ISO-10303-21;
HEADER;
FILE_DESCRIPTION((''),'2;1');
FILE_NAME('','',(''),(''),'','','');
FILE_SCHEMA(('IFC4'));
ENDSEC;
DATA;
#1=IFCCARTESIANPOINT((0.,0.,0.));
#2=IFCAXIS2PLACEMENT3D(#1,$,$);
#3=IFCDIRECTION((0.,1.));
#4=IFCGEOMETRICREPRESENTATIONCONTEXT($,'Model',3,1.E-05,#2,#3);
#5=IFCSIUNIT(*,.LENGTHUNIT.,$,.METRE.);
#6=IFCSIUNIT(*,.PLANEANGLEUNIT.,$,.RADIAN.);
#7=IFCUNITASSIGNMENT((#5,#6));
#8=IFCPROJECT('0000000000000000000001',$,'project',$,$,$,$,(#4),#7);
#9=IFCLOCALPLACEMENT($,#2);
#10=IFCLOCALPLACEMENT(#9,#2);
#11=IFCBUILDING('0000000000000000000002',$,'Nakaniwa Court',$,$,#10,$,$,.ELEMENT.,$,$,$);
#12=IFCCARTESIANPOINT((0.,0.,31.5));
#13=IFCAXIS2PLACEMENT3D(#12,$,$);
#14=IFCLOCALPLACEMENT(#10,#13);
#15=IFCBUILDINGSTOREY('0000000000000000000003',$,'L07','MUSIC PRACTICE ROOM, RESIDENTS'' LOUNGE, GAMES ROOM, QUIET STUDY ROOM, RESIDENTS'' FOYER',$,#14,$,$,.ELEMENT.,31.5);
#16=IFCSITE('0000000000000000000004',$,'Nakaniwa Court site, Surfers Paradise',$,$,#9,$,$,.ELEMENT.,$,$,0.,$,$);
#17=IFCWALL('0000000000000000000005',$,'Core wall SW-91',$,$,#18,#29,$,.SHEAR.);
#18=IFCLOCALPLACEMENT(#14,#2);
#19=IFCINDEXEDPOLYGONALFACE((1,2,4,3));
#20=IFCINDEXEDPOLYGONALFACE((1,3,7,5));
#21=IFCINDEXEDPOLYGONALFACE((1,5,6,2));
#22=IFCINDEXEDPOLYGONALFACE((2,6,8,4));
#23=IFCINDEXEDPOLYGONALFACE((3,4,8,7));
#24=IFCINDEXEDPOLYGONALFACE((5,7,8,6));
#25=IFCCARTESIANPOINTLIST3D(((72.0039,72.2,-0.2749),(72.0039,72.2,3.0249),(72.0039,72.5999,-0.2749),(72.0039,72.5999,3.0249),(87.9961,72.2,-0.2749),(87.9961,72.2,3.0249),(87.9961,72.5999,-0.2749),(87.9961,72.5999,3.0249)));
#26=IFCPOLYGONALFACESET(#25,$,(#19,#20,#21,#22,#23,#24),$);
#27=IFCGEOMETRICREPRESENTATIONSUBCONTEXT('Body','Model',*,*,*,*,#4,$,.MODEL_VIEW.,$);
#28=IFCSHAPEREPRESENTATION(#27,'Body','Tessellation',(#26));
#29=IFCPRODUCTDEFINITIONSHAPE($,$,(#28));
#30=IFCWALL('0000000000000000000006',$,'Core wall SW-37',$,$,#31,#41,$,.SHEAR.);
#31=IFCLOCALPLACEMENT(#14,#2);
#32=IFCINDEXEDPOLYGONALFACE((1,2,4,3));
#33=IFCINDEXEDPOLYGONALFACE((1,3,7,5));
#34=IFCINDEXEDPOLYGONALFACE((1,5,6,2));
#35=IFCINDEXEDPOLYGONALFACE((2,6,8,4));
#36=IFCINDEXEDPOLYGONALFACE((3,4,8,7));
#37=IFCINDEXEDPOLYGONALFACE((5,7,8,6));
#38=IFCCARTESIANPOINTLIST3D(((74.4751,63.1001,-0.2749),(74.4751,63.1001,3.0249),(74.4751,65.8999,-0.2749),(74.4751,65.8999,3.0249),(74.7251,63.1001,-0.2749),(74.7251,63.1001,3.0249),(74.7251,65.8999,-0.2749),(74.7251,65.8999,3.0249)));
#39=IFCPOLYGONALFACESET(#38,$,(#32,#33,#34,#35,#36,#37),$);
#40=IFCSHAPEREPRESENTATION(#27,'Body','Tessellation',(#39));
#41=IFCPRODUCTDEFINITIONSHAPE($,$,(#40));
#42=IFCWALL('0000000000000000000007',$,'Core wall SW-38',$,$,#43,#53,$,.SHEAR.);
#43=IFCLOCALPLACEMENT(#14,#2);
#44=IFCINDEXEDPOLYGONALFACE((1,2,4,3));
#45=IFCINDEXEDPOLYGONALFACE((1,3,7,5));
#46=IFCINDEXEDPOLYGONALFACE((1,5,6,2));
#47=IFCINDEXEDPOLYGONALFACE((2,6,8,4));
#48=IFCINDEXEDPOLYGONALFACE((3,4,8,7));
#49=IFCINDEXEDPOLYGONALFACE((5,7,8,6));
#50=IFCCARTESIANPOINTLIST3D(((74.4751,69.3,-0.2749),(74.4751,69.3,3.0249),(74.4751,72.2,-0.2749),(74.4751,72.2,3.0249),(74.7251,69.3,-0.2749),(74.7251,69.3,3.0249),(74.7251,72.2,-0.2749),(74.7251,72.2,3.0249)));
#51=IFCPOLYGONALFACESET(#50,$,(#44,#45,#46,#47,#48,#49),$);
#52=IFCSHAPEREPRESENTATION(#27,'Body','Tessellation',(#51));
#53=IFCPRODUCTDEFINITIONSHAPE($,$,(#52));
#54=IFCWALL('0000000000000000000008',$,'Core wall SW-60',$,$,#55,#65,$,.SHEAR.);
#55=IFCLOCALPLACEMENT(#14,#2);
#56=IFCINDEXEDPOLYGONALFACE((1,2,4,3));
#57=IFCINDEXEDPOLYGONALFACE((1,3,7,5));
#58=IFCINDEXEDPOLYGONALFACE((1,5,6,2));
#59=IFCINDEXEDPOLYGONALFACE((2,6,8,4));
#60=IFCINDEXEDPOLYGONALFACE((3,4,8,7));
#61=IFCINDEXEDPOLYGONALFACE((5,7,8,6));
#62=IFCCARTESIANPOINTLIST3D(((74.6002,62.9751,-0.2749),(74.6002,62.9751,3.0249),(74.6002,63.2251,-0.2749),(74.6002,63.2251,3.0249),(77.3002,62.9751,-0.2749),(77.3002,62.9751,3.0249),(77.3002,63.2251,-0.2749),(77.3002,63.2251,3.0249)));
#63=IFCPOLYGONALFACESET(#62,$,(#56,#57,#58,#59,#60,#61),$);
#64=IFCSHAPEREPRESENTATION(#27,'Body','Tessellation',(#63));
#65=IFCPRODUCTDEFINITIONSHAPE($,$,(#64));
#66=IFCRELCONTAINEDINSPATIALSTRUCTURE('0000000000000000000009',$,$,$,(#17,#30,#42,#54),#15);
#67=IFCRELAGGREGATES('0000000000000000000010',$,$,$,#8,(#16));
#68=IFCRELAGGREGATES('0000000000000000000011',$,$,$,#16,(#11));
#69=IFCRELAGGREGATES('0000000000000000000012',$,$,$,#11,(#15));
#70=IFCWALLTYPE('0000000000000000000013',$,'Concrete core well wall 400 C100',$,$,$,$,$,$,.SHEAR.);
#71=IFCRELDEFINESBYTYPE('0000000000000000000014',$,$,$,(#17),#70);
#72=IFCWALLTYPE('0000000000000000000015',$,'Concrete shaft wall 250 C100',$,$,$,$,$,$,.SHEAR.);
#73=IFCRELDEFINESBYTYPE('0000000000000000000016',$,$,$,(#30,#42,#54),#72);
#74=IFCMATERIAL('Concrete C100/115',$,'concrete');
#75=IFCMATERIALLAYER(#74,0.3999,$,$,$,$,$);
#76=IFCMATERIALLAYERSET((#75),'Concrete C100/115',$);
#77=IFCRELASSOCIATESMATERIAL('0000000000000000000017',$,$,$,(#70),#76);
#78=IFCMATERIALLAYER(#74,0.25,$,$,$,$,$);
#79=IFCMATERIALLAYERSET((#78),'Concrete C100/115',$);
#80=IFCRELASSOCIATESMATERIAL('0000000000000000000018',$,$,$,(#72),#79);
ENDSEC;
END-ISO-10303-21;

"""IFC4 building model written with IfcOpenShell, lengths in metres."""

from ifc_helpers import new_model, si_unit, direction, frame, frame_2d, origin, place, context, subcontext, project, spatial, rectangle, extrude, material, layer, layer_set, type_object, element, save


model = new_model("IFC4")

# Units and contexts
model_context = context("Model", 3, precision=1e-05, world=origin(), true_north=direction((0.0, 1.0)))
body_context = subcontext(model_context, "Body", "Model", "MODEL_VIEW")
ifc_project = project(units=[si_unit("LENGTHUNIT", "METRE"), si_unit("PLANEANGLEUNIT", "RADIAN")], contexts=[model_context])

# Site, building, storey
site_placement = place(None, origin())
site = spatial("IfcSite", under=ifc_project, at=site_placement, Name="Nakaniwa Court site, Surfers Paradise", CompositionType="ELEMENT", RefElevation=0.0)
building_placement = place(site_placement, origin())
building = spatial("IfcBuilding", under=site, at=building_placement, Name="Nakaniwa Court", CompositionType="ELEMENT")
storey_placement = place(building_placement, frame((0.0, 0.0, 31.5)))
storey = spatial("IfcBuildingStorey", under=building, at=storey_placement, Name="L07", Description="MUSIC PRACTICE ROOM, RESIDENTS' LOUNGE, GAMES ROOM, QUIET STUDY ROOM, RESIDENTS' FOYER", CompositionType="ELEMENT", Elevation=31.5)

# Shared definitions
ifc_material_1 = material(Name="Concrete C100/115", Category="concrete")

# Walls
ifc_layer_1 = layer(ifc_material_1, 0.3999)
ifc_layer_set_1 = layer_set([ifc_layer_1], Name="Concrete C100/115")
wall_type_1 = type_object("IfcWallType", Name="Concrete core well wall 400 C100", PredefinedType="SHEAR", material=ifc_layer_set_1)
wall_1_placement = place(storey_placement, frame((72.0039, 72.3999, -0.2749), z_axis=(0.0, 0.0, 1.0), x_axis=(1.0, 0.0, 0.0)))
element("IfcWall", 1, at=wall_1_placement, inside=storey, type_object=wall_type_1, Name="Core wall SW-91", PredefinedType="SHEAR", context=body_context, shape_type="SweptSolid", body=[
    extrude(rectangle(XDim=15.9922, YDim=0.3999, at=frame_2d((7.9961, 0.0))), origin(), (0.0, 0.0, 1.0), 3.2998),
])
ifc_layer_2 = layer(ifc_material_1, 0.25)
ifc_layer_set_2 = layer_set([ifc_layer_2], Name="Concrete C100/115")
wall_type_2 = type_object("IfcWallType", Name="Concrete shaft wall 250 C100", PredefinedType="SHEAR", material=ifc_layer_set_2)
wall_2_placement = place(storey_placement, frame((74.6001, 63.1001, -0.2749), z_axis=(0.0, 0.0, 1.0), x_axis=(0.0, 1.0, 0.0)))
element("IfcWall", 2, at=wall_2_placement, inside=storey, type_object=wall_type_2, Name="Core wall SW-37", PredefinedType="SHEAR", context=body_context, shape_type="SweptSolid", body=[
    extrude(rectangle(XDim=2.7998, YDim=0.25, at=frame_2d((1.3999, 0.0))), origin(), (0.0, 0.0, 1.0), 3.2998),
])
wall_3_placement = place(storey_placement, frame((74.6001, 69.3, -0.2749), z_axis=(0.0, 0.0, 1.0), x_axis=(0.0, 1.0, 0.0)))
element("IfcWall", 3, at=wall_3_placement, inside=storey, type_object=wall_type_2, Name="Core wall SW-38", PredefinedType="SHEAR", context=body_context, shape_type="SweptSolid", body=[
    extrude(rectangle(XDim=2.8999, YDim=0.25, at=frame_2d((1.45, 0.0))), origin(), (0.0, 0.0, 1.0), 3.2998),
])
wall_4_placement = place(storey_placement, frame((74.6001, 63.1001, -0.2749), z_axis=(0.0, 0.0, 1.0), x_axis=(1.0, 0.0, 0.0)))
element("IfcWall", 4, at=wall_4_placement, inside=storey, type_object=wall_type_2, Name="Core wall SW-60", PredefinedType="SHEAR", context=body_context, shape_type="SweptSolid", body=[
    extrude(rectangle(XDim=2.7, YDim=0.25, at=frame_2d((1.3501, 0.0))), origin(), (0.0, 0.0, 1.0), 3.2998),
])

save(model, "model.ifc")
